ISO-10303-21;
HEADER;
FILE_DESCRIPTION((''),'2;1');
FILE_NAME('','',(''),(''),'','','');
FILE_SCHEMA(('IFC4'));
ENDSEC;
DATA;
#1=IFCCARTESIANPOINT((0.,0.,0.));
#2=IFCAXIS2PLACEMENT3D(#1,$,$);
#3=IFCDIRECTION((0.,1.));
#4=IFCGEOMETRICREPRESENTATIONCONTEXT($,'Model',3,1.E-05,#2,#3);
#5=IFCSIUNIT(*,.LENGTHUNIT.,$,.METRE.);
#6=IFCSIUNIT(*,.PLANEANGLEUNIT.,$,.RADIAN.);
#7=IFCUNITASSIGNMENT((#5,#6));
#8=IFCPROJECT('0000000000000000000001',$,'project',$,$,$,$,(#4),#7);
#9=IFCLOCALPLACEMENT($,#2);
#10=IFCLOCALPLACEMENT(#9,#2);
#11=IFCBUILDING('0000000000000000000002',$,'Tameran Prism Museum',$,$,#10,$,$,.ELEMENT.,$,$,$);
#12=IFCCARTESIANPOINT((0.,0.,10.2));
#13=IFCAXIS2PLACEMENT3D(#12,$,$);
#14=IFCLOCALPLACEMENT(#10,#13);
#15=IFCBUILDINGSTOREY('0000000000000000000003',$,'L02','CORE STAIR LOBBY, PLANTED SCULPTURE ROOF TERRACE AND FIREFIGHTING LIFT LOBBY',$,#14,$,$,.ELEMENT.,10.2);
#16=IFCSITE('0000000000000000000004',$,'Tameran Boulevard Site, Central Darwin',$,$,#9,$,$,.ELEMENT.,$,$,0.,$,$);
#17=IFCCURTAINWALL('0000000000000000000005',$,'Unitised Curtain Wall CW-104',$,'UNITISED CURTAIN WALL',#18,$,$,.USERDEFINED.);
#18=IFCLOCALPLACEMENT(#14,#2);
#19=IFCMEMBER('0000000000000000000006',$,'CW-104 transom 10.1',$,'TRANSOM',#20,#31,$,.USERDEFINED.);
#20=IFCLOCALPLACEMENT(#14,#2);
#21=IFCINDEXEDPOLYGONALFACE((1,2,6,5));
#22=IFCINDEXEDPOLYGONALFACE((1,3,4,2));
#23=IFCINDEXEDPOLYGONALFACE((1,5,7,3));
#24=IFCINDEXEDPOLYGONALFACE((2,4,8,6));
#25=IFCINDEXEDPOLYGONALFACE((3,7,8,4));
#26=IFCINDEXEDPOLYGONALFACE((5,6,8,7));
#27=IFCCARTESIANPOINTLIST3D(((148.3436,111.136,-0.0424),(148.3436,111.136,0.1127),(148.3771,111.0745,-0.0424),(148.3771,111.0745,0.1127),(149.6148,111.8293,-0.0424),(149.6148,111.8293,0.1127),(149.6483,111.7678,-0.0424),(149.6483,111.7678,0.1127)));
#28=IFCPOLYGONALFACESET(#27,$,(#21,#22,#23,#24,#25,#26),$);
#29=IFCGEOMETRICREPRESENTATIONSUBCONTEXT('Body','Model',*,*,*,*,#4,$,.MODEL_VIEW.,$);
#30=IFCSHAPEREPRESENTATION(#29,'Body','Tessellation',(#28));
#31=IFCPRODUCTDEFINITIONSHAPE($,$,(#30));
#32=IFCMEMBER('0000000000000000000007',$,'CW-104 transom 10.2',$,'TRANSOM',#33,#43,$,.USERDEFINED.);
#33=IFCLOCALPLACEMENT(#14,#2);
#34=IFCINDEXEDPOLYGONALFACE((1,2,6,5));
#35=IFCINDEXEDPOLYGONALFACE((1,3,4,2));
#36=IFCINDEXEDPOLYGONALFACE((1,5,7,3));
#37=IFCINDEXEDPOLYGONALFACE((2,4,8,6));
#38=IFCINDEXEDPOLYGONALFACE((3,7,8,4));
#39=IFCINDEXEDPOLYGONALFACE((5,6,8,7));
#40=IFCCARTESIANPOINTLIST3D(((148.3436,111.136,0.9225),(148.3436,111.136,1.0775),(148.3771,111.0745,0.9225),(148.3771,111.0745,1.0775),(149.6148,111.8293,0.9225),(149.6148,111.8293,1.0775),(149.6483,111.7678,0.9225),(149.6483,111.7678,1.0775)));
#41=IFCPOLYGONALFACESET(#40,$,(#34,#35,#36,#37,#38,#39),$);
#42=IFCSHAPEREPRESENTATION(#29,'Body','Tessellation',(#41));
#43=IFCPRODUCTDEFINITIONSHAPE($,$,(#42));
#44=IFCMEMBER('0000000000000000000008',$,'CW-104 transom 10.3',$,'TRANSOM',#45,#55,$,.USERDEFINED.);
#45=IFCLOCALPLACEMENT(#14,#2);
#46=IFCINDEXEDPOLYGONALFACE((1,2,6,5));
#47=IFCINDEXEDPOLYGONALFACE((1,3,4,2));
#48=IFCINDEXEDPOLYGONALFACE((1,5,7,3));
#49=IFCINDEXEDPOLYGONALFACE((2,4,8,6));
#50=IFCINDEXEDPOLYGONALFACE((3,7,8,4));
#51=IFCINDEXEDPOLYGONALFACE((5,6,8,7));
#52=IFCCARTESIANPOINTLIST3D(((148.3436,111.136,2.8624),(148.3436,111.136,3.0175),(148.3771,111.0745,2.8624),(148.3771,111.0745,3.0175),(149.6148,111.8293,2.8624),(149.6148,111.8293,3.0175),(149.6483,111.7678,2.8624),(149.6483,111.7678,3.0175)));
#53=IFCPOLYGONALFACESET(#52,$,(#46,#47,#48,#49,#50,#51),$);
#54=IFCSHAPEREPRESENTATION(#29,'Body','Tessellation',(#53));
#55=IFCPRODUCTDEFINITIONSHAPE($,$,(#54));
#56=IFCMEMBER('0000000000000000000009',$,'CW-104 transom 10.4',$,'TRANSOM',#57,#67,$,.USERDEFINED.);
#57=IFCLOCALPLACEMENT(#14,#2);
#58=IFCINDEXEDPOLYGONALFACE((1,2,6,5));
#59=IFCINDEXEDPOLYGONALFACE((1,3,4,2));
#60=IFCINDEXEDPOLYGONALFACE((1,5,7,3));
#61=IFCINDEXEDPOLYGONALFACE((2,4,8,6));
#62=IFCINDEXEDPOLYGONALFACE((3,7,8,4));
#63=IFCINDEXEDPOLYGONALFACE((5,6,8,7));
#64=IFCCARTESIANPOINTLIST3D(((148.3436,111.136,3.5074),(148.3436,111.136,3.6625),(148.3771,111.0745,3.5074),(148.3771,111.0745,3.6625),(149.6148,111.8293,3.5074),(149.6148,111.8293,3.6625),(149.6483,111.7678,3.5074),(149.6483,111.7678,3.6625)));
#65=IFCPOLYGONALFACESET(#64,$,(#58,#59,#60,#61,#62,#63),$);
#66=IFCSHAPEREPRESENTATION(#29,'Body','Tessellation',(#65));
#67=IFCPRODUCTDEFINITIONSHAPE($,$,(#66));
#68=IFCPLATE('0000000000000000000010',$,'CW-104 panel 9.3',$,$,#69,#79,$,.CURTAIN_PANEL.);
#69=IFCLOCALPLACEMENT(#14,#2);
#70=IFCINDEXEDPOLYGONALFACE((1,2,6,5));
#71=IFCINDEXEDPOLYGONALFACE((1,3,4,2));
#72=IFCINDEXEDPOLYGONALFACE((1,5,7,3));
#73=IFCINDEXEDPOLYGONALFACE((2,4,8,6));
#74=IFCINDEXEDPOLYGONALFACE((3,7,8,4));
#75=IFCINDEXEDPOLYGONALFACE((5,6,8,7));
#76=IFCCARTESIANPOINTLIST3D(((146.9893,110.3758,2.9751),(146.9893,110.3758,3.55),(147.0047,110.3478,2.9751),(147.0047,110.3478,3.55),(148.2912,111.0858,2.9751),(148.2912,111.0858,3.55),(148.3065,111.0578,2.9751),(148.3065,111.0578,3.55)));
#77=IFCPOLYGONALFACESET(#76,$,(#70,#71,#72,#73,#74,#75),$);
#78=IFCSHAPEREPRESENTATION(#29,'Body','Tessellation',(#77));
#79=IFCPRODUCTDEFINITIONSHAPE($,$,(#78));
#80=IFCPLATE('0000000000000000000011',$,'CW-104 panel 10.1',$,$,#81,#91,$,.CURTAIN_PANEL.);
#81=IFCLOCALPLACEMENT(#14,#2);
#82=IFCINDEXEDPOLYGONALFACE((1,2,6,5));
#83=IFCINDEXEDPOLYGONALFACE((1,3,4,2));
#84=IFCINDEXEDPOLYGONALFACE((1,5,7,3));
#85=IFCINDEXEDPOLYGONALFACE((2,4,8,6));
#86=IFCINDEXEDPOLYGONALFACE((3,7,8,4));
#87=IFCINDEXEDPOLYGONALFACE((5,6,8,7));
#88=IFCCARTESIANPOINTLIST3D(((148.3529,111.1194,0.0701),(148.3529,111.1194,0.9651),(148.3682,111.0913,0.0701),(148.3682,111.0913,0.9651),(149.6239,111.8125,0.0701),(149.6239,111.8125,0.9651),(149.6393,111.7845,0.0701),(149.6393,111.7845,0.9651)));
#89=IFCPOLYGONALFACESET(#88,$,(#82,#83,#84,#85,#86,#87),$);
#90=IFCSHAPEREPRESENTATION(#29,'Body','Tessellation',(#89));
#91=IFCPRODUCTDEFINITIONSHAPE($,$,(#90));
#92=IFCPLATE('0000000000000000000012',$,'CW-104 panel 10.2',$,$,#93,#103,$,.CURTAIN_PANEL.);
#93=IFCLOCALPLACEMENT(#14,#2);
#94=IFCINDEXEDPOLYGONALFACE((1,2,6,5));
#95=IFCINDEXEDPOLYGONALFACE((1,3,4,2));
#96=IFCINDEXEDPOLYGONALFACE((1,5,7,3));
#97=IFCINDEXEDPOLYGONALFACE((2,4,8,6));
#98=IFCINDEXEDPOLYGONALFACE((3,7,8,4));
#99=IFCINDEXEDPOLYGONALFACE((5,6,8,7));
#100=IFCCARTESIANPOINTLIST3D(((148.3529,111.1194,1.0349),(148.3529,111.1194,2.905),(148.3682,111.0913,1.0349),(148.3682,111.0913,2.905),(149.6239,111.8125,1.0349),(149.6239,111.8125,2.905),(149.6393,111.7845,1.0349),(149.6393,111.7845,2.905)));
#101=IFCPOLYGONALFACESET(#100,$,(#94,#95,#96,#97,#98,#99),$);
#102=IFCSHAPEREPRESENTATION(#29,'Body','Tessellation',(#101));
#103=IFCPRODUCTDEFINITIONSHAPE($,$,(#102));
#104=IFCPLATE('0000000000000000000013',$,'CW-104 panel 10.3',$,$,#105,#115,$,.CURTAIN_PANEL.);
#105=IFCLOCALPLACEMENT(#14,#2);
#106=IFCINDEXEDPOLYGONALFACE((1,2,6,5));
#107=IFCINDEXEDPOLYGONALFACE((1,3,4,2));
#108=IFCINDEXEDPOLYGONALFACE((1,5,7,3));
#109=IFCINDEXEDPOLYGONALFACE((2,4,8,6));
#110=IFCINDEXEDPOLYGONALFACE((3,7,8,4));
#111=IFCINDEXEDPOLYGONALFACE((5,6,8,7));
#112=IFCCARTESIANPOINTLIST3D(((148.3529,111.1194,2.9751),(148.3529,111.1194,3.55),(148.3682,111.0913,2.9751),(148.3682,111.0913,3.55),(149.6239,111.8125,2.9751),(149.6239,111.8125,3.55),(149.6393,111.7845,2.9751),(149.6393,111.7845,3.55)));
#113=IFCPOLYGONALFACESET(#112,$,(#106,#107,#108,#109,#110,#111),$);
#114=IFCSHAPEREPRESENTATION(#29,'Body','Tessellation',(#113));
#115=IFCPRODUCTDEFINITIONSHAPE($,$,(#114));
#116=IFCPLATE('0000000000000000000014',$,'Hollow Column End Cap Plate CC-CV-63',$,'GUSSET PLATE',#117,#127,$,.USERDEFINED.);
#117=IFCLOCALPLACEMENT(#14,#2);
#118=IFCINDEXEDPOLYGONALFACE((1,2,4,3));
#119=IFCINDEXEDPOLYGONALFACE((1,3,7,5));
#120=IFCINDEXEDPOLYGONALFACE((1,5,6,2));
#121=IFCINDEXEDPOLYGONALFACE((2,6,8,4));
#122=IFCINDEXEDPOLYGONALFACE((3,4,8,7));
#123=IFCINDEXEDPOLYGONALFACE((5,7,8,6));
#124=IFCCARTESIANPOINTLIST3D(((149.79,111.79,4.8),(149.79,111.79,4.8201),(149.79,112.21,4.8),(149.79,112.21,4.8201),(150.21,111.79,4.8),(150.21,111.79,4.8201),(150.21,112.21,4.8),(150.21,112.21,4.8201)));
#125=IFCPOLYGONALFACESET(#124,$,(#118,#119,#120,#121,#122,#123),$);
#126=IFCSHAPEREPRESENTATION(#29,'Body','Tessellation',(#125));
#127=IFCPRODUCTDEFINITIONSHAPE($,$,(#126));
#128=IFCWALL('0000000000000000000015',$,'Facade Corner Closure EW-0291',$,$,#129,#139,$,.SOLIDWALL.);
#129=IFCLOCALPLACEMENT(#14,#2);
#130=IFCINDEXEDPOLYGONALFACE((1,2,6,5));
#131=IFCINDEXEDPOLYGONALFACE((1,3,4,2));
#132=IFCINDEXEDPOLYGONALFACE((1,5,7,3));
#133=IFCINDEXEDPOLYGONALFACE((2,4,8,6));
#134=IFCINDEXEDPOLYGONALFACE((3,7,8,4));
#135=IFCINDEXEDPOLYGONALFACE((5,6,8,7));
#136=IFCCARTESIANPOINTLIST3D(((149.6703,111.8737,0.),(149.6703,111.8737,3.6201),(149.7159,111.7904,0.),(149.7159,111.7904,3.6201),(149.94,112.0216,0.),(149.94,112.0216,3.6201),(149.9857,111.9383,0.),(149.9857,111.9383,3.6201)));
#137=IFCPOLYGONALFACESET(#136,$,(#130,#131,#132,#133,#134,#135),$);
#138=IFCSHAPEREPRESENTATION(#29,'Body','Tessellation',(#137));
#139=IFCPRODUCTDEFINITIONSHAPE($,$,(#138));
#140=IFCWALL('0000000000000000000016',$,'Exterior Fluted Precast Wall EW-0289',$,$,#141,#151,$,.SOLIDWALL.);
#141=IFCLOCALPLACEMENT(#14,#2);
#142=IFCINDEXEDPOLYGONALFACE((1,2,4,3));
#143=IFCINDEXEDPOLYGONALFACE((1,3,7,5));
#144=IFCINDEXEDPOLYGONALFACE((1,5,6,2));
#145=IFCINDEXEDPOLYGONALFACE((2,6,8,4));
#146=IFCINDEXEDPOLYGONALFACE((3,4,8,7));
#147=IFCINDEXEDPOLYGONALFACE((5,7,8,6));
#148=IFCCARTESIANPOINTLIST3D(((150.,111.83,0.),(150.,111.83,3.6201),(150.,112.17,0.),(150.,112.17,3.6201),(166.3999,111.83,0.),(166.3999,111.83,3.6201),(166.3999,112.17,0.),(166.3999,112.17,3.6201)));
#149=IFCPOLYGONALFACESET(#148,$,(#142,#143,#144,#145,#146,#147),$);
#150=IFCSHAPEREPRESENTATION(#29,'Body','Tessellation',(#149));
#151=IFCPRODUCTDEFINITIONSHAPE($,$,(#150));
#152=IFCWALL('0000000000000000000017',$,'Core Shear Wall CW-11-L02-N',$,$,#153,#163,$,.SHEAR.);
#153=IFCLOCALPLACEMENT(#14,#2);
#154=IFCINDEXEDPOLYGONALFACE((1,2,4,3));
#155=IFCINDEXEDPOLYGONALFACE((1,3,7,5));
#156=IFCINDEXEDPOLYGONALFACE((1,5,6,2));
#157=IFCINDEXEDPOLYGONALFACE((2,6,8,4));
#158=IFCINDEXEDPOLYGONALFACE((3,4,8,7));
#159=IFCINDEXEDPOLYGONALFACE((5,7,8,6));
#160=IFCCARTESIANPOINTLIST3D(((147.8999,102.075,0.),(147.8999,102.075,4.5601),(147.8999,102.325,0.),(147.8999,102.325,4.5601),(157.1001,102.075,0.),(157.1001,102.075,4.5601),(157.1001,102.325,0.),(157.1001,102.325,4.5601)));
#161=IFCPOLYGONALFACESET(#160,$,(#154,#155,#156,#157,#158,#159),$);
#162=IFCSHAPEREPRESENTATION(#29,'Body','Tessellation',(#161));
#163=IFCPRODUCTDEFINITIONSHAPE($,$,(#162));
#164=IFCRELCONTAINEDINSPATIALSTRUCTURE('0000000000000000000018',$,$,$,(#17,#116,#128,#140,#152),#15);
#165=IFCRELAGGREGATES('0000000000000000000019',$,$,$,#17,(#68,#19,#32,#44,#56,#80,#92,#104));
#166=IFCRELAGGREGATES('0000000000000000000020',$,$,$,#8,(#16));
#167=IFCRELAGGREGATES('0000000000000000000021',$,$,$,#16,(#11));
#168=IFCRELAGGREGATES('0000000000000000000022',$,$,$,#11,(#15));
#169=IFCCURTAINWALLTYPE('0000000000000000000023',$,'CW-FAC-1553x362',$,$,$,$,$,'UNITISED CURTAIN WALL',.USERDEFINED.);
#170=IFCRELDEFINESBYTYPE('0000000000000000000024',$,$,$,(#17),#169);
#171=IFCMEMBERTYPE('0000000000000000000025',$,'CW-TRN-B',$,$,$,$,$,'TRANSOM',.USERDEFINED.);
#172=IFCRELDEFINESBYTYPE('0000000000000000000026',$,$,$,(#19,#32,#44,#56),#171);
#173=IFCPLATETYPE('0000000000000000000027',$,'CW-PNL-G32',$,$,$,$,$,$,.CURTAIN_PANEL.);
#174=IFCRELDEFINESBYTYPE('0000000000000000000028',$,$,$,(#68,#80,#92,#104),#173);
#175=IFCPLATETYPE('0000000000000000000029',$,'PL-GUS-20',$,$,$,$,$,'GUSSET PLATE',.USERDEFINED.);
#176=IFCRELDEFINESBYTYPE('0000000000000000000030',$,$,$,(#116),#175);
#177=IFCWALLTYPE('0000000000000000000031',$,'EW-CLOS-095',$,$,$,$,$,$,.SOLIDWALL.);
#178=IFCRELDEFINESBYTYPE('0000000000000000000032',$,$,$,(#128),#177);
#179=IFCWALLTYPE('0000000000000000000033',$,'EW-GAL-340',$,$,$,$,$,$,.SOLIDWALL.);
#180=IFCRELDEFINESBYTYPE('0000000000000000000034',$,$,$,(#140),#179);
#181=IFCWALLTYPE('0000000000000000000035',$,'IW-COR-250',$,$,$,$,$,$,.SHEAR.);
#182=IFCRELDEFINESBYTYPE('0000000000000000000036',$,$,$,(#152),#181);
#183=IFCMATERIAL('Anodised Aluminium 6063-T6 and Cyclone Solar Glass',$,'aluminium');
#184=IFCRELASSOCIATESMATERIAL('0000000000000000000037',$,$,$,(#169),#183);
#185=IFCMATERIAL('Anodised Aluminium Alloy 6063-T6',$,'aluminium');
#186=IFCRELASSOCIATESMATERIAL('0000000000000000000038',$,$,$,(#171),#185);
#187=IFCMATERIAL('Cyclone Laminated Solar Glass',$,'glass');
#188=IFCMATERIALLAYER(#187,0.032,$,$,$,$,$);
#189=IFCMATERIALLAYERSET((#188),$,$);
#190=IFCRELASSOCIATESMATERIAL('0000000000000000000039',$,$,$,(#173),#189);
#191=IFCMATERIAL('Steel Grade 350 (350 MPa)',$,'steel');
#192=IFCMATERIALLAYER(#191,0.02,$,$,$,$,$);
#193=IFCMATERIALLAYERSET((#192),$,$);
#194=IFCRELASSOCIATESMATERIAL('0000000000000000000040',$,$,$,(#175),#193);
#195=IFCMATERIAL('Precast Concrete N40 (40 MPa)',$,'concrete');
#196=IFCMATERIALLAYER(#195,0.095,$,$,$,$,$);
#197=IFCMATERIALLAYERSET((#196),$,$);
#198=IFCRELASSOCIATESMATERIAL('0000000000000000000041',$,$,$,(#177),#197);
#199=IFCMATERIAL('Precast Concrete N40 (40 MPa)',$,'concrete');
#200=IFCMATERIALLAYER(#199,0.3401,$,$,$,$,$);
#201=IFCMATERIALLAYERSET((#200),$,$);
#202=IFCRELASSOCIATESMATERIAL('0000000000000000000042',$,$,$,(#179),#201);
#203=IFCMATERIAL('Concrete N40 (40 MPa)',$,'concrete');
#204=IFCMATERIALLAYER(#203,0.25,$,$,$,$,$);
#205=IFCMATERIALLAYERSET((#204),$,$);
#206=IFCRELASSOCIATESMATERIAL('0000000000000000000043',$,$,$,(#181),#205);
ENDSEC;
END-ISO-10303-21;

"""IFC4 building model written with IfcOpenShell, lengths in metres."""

from ifc_helpers import new_model, si_unit, direction, frame, frame_2d, origin, origin_2d, place, context, subcontext, project, spatial, rectangle, extrude, material, layer, layer_set, material_profile, profile_set, type_object, element, aggregate, save


model = new_model("IFC4")

# Units and contexts
model_context = context("Model", 3, precision=1e-05, world=origin(), true_north=direction((0.0, 1.0)))
body_context = subcontext(model_context, "Body", "Model", "MODEL_VIEW")
ifc_project = project(units=[si_unit("LENGTHUNIT", "METRE"), si_unit("PLANEANGLEUNIT", "RADIAN")], contexts=[model_context])

# Site, building, storey
site_placement = place(None, origin())
site = spatial("IfcSite", under=ifc_project, at=site_placement, Name="Tameran Boulevard Site, Central Darwin", CompositionType="ELEMENT", RefElevation=0.0)
building_placement = place(site_placement, origin())
building = spatial("IfcBuilding", under=site, at=building_placement, Name="Tameran Prism Museum", CompositionType="ELEMENT")
storey_placement = place(building_placement, frame((0.0, 0.0, 10.2)))
storey = spatial("IfcBuildingStorey", under=building, at=storey_placement, Name="L02", Description="CORE STAIR LOBBY, PLANTED SCULPTURE ROOF TERRACE AND FIREFIGHTING LIFT LOBBY", CompositionType="ELEMENT", Elevation=10.2)

# Curtain wall, members, plates
ifc_material_1 = material(Name="Anodised Aluminium 6063-T6 and Cyclone Solar Glass", Category="aluminium")
curtain_wall_type = type_object("IfcCurtainWallType", Name="CW-FAC-1553x362", ElementType="UNITISED CURTAIN WALL", PredefinedType="USERDEFINED", material=ifc_material_1)
curtain_wall_placement = place(storey_placement, origin())
curtain_wall = element("IfcCurtainWall", 1, at=curtain_wall_placement, inside=storey, type_object=curtain_wall_type, Name="Unitised Curtain Wall CW-104", ObjectType="UNITISED CURTAIN WALL", PredefinedType="USERDEFINED")
ifc_material_2 = material(Name="Anodised Aluminium Alloy 6063-T6", Category="aluminium")
ifc_material_profile_1 = material_profile(ifc_material_2, rectangle(XDim=0.0701, YDim=0.155, at=origin_2d()))
ifc_profile_set_1 = profile_set([ifc_material_profile_1])
member_type_1 = type_object("IfcMemberType", Name="CW-TRN-B", ElementType="TRANSOM", PredefinedType="USERDEFINED", material=ifc_profile_set_1)
member_1_placement = place(storey_placement, frame((148.3604, 111.1052, 0.0352), z_axis=(0.877908, 0.478829, 0.0), x_axis=(-0.478829, 0.877908, 0.0)))
member_1 = element("IfcMember", 2, at=member_1_placement, type_object=member_type_1, Name="CW-104 transom 10.1", ObjectType="TRANSOM", PredefinedType="USERDEFINED", context=body_context, shape_type="SweptSolid", body=[
    extrude(rectangle(XDim=0.0701, YDim=0.155, at=origin_2d()), origin(), (0.0, 0.0, 1.0), 1.448),
])
member_2_placement = place(storey_placement, frame((148.3604, 111.1052, 1.0), z_axis=(0.877908, 0.478829, 0.0), x_axis=(-0.478829, 0.877908, 0.0)))
member_2 = element("IfcMember", 3, at=member_2_placement, type_object=member_type_1, Name="CW-104 transom 10.2", ObjectType="TRANSOM", PredefinedType="USERDEFINED", context=body_context, shape_type="SweptSolid", body=[
    extrude(rectangle(XDim=0.0701, YDim=0.155, at=origin_2d()), origin(), (0.0, 0.0, 1.0), 1.448),
])
member_3_placement = place(storey_placement, frame((148.3604, 111.1052, 2.9399), z_axis=(0.877908, 0.478829, 0.0), x_axis=(-0.478829, 0.877908, 0.0)))
member_3 = element("IfcMember", 4, at=member_3_placement, type_object=member_type_1, Name="CW-104 transom 10.3", ObjectType="TRANSOM", PredefinedType="USERDEFINED", context=body_context, shape_type="SweptSolid", body=[
    extrude(rectangle(XDim=0.0701, YDim=0.155, at=origin_2d()), origin(), (0.0, 0.0, 1.0), 1.448),
])
member_4_placement = place(storey_placement, frame((148.3604, 111.1052, 3.585), z_axis=(0.877908, 0.478829, 0.0), x_axis=(-0.478829, 0.877908, 0.0)))
member_4 = element("IfcMember", 5, at=member_4_placement, type_object=member_type_1, Name="CW-104 transom 10.4", ObjectType="TRANSOM", PredefinedType="USERDEFINED", context=body_context, shape_type="SweptSolid", body=[
    extrude(rectangle(XDim=0.0701, YDim=0.155, at=origin_2d()), origin(), (0.0, 0.0, 1.0), 1.448),
])
ifc_material_3 = material(Name="Cyclone Laminated Solar Glass", Category="glass")
ifc_layer_1 = layer(ifc_material_3, 0.032)
ifc_layer_set_1 = layer_set([ifc_layer_1])
plate_type_1 = type_object("IfcPlateType", Name="CW-PNL-G32", PredefinedType="CURTAIN_PANEL", material=ifc_layer_set_1)
plate_1_placement = place(storey_placement, frame((147.6479, 110.7168, 2.9751), z_axis=(0.0, 0.0, 1.0), x_axis=(0.877928, 0.478793, 0.0)))
plate_1 = element("IfcPlate", 6, at=plate_1_placement, type_object=plate_type_1, Name="CW-104 panel 9.3", PredefinedType="CURTAIN_PANEL", context=body_context, shape_type="SweptSolid", body=[
    extrude(rectangle(XDim=1.4829, YDim=0.032, at=origin_2d()), origin(), (0.0, 0.0, 1.0), 0.575),
])
plate_2_placement = place(storey_placement, frame((148.9961, 111.4519, 0.0701), z_axis=(0.0, 0.0, 1.0), x_axis=(0.877928, 0.478793, 0.0)))
plate_2 = element("IfcPlate", 7, at=plate_2_placement, type_object=plate_type_1, Name="CW-104 panel 10.1", PredefinedType="CURTAIN_PANEL", context=body_context, shape_type="SweptSolid", body=[
    extrude(rectangle(XDim=1.4478, YDim=0.032, at=origin_2d()), origin(), (0.0, 0.0, 1.0), 0.895),
])
plate_3_placement = place(storey_placement, frame((148.9961, 111.4519, 1.0349), z_axis=(0.0, 0.0, 1.0), x_axis=(0.877928, 0.478793, 0.0)))
plate_3 = element("IfcPlate", 8, at=plate_3_placement, type_object=plate_type_1, Name="CW-104 panel 10.2", PredefinedType="CURTAIN_PANEL", context=body_context, shape_type="SweptSolid", body=[
    extrude(rectangle(XDim=1.4478, YDim=0.032, at=origin_2d()), origin(), (0.0, 0.0, 1.0), 1.8701),
])
plate_4_placement = place(storey_placement, frame((148.9961, 111.4519, 2.9751), z_axis=(0.0, 0.0, 1.0), x_axis=(0.877928, 0.478793, 0.0)))
plate_4 = element("IfcPlate", 9, at=plate_4_placement, type_object=plate_type_1, Name="CW-104 panel 10.3", PredefinedType="CURTAIN_PANEL", context=body_context, shape_type="SweptSolid", body=[
    extrude(rectangle(XDim=1.4478, YDim=0.032, at=origin_2d()), origin(), (0.0, 0.0, 1.0), 0.575),
])
aggregate(curtain_wall, [plate_1, member_1, member_2, member_3, member_4, plate_2, plate_3, plate_4])

# Plate
ifc_material_4 = material(Name="Steel Grade 350 (350 MPa)", Category="steel")
ifc_layer_2 = layer(ifc_material_4, 0.02)
ifc_layer_set_2 = layer_set([ifc_layer_2])
plate_type_2 = type_object("IfcPlateType", Name="PL-GUS-20", ElementType="GUSSET PLATE", PredefinedType="USERDEFINED", material=ifc_layer_set_2)
plate_5_placement = place(storey_placement, frame((150.0, 112.0, 4.8), z_axis=(0.0, 0.0, 1.0), x_axis=(1.0, 0.0, 0.0)))
element("IfcPlate", 10, at=plate_5_placement, inside=storey, type_object=plate_type_2, Name="Hollow Column End Cap Plate CC-CV-63", ObjectType="GUSSET PLATE", PredefinedType="USERDEFINED", context=body_context, shape_type="SweptSolid", body=[
    extrude(rectangle(XDim=0.4199, YDim=0.4199, at=origin_2d()), origin(), (0.0, 0.0, 1.0), 0.02),
])

# Walls
ifc_material_5 = material(Name="Precast Concrete N40 (40 MPa)", Category="concrete")
ifc_layer_3 = layer(ifc_material_5, 0.095)
ifc_layer_set_3 = layer_set([ifc_layer_3])
wall_type_1 = type_object("IfcWallType", Name="EW-CLOS-095", PredefinedType="SOLIDWALL", material=ifc_layer_set_3)
wall_1_placement = place(storey_placement, frame((149.6931, 111.832, 0.0), z_axis=(0.0, 0.0, 1.0), x_axis=(0.876802, 0.480852, 0.0)))
element("IfcWall", 11, at=wall_1_placement, inside=storey, type_object=wall_type_1, Name="Facade Corner Closure EW-0291", PredefinedType="SOLIDWALL", context=body_context, shape_type="SweptSolid", body=[
    extrude(rectangle(XDim=0.3076, YDim=0.095, at=frame_2d((0.1538, 0.0))), origin(), (0.0, 0.0, 1.0), 3.6201),
])
ifc_material_6 = material(Name="Precast Concrete N40 (40 MPa)", Category="concrete")
ifc_layer_4 = layer(ifc_material_6, 0.3401)
ifc_layer_set_4 = layer_set([ifc_layer_4])
wall_type_2 = type_object("IfcWallType", Name="EW-GAL-340", PredefinedType="SOLIDWALL", material=ifc_layer_set_4)
wall_2_placement = place(storey_placement, frame((150.0, 112.0, 0.0), z_axis=(0.0, 0.0, 1.0), x_axis=(1.0, 0.0, 0.0)))
element("IfcWall", 12, at=wall_2_placement, inside=storey, type_object=wall_type_2, Name="Exterior Fluted Precast Wall EW-0289", PredefinedType="SOLIDWALL", context=body_context, shape_type="SweptSolid", body=[
    extrude(rectangle(XDim=16.3999, YDim=0.3401, at=frame_2d((8.2, 0.0))), origin(), (0.0, 0.0, 1.0), 3.6201),
])
ifc_material_7 = material(Name="Concrete N40 (40 MPa)", Category="concrete")
ifc_layer_5 = layer(ifc_material_7, 0.25)
ifc_layer_set_5 = layer_set([ifc_layer_5])
wall_type_3 = type_object("IfcWallType", Name="IW-COR-250", PredefinedType="SHEAR", material=ifc_layer_set_5)
wall_3_placement = place(storey_placement, frame((147.8999, 102.2, 0.0), z_axis=(0.0, 0.0, 1.0), x_axis=(1.0, 0.0, 0.0)))
element("IfcWall", 13, at=wall_3_placement, inside=storey, type_object=wall_type_3, Name="Core Shear Wall CW-11-L02-N", PredefinedType="SHEAR", context=body_context, shape_type="SweptSolid", body=[
    extrude(rectangle(XDim=9.2002, YDim=0.25, at=frame_2d((4.6001, 0.0))), origin(), (0.0, 0.0, 1.0), 4.5601),
])

save(model, "model.ifc")
